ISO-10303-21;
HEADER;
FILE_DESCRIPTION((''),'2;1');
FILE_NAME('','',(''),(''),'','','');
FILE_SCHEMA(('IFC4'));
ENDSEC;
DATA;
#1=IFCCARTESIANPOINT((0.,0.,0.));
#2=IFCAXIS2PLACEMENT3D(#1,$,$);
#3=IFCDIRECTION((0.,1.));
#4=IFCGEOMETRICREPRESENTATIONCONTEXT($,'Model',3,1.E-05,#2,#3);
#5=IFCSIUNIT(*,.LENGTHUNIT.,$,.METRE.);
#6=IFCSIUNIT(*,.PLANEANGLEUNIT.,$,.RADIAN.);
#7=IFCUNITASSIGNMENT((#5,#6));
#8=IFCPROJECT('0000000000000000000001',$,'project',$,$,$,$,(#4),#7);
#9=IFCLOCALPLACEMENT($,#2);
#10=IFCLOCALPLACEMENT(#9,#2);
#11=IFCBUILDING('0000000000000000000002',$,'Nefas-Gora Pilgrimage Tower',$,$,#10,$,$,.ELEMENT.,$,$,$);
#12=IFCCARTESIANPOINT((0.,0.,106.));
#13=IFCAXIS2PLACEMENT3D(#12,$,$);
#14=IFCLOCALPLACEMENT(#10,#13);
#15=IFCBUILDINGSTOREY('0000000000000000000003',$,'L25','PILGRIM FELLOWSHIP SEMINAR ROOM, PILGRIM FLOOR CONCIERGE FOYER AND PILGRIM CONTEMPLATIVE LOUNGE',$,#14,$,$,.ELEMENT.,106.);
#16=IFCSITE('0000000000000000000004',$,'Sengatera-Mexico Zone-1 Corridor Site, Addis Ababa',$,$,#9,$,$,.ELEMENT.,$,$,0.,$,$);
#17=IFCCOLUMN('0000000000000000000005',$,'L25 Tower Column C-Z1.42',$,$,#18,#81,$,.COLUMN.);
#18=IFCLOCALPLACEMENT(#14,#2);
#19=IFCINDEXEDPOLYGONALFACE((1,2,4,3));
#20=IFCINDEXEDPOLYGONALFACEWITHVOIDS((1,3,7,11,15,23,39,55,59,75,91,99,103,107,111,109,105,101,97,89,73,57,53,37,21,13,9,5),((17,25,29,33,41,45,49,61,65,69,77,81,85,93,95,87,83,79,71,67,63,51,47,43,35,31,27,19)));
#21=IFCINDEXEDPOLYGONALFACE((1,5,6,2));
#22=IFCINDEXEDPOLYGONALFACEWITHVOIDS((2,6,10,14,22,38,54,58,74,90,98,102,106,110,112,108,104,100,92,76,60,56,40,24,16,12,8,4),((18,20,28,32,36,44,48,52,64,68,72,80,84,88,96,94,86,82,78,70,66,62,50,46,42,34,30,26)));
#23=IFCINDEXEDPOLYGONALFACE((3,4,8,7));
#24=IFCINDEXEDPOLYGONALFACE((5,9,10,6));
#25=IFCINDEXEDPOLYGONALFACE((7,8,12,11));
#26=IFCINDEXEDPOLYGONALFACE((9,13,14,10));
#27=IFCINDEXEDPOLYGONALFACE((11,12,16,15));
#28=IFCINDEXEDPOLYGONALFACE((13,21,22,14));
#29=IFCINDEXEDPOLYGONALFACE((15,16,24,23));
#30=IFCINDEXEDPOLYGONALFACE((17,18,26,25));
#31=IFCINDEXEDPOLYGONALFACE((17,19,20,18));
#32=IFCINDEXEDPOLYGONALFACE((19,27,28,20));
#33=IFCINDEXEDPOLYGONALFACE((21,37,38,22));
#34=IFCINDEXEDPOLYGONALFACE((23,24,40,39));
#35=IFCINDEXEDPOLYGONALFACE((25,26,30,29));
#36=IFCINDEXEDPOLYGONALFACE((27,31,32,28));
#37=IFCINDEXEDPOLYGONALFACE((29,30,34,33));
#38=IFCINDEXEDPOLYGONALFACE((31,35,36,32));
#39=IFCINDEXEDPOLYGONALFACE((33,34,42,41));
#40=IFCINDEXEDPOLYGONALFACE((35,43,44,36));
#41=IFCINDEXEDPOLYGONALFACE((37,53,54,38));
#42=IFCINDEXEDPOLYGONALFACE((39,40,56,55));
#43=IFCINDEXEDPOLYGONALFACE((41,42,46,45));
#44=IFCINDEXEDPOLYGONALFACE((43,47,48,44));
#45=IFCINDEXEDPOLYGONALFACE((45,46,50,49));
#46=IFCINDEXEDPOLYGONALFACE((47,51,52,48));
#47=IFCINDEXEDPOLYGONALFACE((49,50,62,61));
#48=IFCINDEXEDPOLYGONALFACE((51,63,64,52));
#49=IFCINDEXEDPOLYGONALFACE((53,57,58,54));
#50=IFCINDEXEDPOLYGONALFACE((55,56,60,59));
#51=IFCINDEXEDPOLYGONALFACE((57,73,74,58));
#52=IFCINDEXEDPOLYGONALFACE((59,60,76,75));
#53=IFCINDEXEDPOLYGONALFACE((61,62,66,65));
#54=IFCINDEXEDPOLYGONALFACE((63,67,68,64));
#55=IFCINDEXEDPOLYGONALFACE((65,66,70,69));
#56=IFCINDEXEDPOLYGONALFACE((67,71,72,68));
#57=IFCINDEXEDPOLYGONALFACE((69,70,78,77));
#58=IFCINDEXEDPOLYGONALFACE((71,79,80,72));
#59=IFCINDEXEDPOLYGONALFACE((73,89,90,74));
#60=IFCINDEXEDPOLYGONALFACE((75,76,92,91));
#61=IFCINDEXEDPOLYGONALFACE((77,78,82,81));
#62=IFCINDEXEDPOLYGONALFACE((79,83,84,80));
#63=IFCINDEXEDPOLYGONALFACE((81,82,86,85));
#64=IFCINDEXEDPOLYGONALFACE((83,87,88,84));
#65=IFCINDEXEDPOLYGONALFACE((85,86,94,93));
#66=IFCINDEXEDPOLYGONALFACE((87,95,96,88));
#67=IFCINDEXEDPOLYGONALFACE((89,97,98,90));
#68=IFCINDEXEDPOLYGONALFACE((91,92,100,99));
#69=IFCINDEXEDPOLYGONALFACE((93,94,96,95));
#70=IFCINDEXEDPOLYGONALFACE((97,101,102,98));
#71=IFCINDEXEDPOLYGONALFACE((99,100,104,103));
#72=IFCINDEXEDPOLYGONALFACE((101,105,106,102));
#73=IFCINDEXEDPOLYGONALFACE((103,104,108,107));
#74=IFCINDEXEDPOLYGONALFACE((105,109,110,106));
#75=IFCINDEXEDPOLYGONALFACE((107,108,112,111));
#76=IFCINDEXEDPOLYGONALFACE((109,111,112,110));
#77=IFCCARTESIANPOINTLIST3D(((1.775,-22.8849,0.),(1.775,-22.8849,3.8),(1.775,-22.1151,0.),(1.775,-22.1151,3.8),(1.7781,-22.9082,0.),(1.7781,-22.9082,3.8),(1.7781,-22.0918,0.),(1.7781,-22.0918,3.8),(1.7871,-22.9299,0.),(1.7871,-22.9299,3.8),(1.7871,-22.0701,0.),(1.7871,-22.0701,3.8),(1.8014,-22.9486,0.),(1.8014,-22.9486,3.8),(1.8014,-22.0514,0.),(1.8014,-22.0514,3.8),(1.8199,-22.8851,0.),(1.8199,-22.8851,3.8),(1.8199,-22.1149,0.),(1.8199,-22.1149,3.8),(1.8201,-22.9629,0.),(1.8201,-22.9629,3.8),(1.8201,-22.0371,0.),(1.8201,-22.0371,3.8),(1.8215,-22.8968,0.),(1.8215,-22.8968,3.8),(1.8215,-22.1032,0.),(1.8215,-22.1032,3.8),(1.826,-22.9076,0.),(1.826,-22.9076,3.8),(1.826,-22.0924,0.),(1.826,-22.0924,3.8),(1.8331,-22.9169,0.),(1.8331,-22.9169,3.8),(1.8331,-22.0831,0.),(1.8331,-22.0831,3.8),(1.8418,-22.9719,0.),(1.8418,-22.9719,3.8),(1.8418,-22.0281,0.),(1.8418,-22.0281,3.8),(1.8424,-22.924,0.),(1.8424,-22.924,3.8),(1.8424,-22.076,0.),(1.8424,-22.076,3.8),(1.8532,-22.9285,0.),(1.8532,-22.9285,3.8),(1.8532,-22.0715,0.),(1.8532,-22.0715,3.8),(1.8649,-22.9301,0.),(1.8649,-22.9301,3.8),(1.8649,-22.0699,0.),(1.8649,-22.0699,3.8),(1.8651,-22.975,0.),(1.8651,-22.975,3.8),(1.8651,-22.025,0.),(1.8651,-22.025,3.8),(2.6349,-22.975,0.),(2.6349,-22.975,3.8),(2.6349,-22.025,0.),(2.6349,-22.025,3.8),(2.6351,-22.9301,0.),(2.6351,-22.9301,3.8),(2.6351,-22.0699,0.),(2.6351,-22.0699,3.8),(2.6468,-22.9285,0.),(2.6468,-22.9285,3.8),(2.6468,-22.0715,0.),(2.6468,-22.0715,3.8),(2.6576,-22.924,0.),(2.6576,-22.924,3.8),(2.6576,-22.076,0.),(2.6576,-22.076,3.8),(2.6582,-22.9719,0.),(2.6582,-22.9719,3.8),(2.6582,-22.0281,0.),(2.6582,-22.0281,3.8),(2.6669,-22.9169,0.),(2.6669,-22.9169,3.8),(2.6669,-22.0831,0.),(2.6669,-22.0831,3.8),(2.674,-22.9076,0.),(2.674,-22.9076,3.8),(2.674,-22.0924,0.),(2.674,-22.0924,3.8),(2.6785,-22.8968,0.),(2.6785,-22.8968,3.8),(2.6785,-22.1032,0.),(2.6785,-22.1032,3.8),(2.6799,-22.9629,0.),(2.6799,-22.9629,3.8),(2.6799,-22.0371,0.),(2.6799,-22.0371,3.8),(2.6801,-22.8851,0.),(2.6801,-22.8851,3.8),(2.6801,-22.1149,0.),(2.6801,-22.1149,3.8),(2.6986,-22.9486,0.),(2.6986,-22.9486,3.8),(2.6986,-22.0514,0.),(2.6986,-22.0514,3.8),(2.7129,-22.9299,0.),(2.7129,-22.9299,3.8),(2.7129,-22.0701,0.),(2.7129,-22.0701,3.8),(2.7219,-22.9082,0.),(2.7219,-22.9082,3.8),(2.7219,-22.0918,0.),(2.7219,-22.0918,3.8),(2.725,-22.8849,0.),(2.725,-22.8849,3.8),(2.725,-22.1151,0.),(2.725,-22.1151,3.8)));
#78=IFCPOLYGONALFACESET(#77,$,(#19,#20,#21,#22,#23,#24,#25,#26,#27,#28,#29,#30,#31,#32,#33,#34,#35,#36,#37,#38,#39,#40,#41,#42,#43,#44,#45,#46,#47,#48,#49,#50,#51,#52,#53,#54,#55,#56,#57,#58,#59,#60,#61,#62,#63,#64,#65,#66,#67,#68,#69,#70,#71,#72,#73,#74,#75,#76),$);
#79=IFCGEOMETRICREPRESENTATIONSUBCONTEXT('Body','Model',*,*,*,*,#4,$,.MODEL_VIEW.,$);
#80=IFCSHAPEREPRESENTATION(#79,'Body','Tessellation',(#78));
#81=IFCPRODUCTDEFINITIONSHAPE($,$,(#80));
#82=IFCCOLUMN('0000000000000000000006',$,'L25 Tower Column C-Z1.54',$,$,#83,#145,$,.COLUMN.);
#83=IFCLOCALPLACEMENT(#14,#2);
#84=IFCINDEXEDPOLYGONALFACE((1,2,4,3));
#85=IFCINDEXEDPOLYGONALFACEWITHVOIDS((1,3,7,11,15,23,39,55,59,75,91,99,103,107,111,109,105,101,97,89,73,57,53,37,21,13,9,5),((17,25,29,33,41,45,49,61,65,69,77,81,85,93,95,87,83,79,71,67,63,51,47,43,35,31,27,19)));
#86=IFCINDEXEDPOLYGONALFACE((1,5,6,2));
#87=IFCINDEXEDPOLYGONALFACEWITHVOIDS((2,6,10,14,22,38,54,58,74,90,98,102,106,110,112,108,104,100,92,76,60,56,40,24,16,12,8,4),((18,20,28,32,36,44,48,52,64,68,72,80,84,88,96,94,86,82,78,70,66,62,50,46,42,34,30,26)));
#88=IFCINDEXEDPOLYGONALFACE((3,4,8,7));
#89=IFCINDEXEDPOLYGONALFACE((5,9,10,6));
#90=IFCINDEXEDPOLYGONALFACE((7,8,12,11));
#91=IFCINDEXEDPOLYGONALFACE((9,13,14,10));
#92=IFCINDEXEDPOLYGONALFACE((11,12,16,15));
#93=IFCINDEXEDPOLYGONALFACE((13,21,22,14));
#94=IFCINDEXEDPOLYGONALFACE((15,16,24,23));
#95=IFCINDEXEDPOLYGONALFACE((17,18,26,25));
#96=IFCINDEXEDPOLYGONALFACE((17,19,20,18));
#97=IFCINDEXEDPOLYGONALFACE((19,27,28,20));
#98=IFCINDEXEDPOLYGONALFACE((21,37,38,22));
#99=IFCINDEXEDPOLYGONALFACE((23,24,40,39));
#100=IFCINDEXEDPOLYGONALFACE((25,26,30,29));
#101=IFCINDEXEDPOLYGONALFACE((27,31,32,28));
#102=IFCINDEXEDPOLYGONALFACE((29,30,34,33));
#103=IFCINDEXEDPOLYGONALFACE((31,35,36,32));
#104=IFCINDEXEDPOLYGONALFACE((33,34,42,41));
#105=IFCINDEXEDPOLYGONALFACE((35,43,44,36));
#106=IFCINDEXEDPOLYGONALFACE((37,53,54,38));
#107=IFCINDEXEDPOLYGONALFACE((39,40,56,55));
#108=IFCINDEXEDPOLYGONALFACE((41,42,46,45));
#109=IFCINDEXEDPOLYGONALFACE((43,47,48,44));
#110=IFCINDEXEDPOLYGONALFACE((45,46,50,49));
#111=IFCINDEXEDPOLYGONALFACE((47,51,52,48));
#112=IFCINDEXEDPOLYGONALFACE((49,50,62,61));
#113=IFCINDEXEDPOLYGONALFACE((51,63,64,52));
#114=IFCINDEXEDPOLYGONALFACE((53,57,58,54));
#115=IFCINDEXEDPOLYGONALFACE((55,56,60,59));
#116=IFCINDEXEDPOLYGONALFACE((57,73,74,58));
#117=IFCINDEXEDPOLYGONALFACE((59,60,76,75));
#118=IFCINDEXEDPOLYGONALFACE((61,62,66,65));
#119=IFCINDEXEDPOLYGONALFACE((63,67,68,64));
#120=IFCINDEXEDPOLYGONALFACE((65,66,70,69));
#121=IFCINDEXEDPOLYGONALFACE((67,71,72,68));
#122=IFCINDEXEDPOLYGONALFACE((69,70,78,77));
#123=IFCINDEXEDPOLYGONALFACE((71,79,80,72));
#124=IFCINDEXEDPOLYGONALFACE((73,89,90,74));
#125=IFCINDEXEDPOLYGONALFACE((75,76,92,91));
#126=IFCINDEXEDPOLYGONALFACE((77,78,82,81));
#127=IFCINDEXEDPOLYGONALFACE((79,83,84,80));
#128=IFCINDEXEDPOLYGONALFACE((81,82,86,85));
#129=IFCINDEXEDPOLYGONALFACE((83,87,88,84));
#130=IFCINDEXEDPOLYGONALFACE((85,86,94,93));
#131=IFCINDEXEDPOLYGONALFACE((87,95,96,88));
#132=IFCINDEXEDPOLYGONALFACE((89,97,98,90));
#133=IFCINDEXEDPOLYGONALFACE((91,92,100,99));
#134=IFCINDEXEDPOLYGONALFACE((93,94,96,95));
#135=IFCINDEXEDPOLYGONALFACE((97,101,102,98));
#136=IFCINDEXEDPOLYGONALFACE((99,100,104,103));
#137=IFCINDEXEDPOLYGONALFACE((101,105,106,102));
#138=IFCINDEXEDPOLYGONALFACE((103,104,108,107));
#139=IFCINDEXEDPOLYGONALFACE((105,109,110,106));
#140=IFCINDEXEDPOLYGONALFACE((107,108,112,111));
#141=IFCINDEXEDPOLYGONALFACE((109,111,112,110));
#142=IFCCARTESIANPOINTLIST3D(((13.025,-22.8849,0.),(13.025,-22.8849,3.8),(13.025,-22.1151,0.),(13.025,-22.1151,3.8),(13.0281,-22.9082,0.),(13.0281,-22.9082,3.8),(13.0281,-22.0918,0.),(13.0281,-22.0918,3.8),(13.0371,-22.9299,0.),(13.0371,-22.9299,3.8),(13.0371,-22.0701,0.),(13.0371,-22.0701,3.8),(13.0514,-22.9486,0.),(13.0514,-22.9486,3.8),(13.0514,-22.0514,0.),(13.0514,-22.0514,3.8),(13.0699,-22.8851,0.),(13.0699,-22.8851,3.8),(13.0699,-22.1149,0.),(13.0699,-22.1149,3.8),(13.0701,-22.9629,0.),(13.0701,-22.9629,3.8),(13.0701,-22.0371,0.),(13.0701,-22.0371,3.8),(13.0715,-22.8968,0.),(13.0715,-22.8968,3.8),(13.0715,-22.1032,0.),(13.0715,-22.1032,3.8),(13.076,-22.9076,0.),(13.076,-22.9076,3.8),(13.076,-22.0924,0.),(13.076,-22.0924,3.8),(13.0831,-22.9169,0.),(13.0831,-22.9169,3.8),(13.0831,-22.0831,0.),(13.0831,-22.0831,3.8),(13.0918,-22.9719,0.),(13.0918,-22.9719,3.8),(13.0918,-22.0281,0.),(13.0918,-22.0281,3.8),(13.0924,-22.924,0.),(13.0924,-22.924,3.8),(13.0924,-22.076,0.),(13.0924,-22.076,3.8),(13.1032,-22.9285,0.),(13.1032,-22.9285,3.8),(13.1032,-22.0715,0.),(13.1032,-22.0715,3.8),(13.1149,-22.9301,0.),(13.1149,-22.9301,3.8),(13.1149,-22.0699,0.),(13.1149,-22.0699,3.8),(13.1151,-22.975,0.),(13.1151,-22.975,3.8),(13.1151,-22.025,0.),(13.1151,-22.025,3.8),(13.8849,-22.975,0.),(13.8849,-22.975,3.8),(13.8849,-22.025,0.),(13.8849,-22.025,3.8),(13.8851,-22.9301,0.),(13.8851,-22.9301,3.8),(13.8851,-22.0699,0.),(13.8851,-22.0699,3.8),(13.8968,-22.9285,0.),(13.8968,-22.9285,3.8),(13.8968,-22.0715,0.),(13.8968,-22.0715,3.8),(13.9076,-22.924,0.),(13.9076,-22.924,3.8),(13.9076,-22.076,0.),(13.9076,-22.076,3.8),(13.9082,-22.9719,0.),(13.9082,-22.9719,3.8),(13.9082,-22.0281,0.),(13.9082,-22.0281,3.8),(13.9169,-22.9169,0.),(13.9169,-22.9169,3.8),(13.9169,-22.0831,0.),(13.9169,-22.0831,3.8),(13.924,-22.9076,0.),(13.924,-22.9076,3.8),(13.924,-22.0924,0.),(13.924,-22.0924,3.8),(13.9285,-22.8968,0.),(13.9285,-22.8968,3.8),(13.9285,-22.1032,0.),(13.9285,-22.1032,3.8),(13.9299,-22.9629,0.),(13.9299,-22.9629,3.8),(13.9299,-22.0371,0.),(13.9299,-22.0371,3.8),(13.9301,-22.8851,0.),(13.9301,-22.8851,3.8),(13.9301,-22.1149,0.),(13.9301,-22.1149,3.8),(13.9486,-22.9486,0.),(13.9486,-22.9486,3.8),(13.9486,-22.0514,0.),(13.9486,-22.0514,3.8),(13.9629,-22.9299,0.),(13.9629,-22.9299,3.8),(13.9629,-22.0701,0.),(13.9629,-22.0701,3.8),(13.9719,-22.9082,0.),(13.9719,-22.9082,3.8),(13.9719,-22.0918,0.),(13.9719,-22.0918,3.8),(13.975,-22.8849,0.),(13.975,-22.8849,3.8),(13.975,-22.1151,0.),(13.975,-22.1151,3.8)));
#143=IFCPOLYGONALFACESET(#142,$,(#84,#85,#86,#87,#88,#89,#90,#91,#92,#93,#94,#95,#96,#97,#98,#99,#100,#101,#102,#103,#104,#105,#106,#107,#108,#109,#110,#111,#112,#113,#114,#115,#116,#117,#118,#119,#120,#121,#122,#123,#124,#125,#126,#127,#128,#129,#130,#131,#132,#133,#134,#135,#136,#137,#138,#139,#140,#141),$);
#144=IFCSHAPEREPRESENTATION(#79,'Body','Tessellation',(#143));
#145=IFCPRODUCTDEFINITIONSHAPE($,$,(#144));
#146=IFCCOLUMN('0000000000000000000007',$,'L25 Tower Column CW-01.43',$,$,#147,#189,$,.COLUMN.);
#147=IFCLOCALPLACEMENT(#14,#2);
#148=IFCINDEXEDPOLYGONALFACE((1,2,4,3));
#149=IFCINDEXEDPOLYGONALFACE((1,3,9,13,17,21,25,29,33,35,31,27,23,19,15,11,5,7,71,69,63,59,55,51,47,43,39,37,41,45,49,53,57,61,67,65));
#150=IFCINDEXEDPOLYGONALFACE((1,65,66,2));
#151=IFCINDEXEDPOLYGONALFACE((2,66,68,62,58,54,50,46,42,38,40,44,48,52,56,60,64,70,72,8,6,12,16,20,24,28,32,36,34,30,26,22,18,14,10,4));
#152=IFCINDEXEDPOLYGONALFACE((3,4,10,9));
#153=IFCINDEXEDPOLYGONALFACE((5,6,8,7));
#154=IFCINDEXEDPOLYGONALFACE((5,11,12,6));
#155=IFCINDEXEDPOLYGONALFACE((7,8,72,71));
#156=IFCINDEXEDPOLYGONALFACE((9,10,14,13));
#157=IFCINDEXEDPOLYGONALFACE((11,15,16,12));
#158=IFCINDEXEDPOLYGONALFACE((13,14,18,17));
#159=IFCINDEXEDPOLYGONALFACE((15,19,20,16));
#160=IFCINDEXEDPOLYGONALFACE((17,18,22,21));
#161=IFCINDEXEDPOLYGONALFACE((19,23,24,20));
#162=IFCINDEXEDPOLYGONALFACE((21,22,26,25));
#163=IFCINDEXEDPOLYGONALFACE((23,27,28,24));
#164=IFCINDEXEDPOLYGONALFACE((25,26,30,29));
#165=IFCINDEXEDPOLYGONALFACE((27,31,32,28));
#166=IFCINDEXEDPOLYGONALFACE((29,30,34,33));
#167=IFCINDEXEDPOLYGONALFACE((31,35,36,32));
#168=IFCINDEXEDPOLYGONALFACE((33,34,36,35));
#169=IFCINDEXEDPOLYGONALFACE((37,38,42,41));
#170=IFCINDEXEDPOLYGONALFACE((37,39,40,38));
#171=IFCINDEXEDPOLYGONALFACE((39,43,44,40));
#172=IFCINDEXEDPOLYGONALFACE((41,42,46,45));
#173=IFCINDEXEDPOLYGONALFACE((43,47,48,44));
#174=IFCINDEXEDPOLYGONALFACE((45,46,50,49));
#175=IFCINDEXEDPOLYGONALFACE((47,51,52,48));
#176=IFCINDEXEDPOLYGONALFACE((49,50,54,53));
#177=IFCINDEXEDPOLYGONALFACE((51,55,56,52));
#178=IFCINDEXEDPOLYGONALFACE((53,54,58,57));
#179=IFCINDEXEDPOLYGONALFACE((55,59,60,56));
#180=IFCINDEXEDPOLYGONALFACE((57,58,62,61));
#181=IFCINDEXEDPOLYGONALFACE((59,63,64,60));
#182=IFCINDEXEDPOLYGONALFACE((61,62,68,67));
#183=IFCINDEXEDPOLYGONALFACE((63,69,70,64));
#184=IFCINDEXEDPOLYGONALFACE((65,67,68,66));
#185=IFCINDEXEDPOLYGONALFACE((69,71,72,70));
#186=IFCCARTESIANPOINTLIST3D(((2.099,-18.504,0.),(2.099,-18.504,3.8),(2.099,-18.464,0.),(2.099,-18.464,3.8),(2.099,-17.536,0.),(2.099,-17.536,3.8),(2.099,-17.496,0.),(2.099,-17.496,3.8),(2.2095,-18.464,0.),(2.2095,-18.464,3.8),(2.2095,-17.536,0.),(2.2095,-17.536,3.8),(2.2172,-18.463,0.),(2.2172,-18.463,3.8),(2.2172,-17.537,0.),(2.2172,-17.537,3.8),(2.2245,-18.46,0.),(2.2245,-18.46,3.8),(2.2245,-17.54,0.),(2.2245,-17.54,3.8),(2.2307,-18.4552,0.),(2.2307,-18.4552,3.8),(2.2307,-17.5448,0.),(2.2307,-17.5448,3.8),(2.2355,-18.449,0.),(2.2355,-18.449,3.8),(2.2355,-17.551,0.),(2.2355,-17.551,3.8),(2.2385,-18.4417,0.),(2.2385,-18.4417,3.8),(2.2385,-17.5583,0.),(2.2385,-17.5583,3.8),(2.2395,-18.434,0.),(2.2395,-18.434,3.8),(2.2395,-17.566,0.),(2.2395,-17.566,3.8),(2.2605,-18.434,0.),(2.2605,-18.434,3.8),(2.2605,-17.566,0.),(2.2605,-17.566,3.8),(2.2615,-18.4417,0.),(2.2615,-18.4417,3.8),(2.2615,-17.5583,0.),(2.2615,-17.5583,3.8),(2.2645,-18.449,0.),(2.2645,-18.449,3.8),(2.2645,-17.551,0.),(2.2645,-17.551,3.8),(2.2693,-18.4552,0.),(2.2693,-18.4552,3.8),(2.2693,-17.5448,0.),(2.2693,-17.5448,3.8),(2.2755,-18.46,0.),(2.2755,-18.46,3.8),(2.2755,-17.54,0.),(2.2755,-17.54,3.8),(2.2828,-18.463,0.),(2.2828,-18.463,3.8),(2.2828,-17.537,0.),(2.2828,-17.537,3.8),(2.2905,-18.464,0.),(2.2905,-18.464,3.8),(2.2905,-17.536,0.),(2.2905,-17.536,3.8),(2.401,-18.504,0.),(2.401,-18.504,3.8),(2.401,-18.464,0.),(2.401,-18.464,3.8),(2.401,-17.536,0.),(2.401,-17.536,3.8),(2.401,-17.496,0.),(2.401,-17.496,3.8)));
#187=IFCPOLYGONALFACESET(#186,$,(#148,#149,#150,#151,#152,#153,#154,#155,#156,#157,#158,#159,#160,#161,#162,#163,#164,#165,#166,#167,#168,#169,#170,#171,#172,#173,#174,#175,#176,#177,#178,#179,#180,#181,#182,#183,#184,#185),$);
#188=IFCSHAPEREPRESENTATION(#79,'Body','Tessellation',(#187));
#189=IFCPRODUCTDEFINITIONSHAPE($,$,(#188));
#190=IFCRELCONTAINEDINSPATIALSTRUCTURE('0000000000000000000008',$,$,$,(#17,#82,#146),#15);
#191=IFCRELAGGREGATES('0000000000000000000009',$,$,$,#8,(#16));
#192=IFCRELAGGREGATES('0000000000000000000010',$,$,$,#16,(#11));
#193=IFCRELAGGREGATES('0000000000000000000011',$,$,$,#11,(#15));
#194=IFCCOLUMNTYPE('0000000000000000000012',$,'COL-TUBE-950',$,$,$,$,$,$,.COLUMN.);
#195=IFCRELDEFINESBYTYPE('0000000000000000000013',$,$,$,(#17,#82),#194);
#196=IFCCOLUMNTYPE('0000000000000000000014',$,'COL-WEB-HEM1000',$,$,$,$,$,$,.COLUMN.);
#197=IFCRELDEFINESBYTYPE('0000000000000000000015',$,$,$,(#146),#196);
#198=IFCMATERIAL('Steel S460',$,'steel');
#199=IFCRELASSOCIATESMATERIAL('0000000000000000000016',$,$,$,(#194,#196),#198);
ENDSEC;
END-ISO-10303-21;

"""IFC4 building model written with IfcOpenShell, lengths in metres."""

from ifc_helpers import new_model, si_unit, direction, frame, origin, origin_2d, place, context, subcontext, project, spatial, hollow_rectangle, i_section, extrude, source, transform, mapped, material, material_profile, profile_set, type_object, element, save


model = new_model("IFC4")

# Units and contexts
model_context = context("Model", 3, precision=1e-05, world=origin(), true_north=direction((0.0, 1.0)))
body_context = subcontext(model_context, "Body", "Model", "MODEL_VIEW")
ifc_project = project(units=[si_unit("LENGTHUNIT", "METRE"), si_unit("PLANEANGLEUNIT", "RADIAN")], contexts=[model_context])

# Site, building, storey
site_placement = place(None, origin())
site = spatial("IfcSite", under=ifc_project, at=site_placement, Name="Sengatera-Mexico Zone-1 Corridor Site, Addis Ababa", CompositionType="ELEMENT", RefElevation=0.0)
building_placement = place(site_placement, origin())
building = spatial("IfcBuilding", under=site, at=building_placement, Name="Nefas-Gora Pilgrimage Tower", CompositionType="ELEMENT")
storey_placement = place(building_placement, frame((0.0, 0.0, 106.0)))
storey = spatial("IfcBuildingStorey", under=building, at=storey_placement, Name="L25", Description="PILGRIM FELLOWSHIP SEMINAR ROOM, PILGRIM FLOOR CONCIERGE FOYER AND PILGRIM CONTEMPLATIVE LOUNGE", CompositionType="ELEMENT", Elevation=106.0)

# Columns
ifc_material_1 = material(Name="Steel S460", Category="steel")
ifc_material_profile_1 = material_profile(ifc_material_1, hollow_rectangle(XDim=0.95, YDim=0.95, WallThickness=0.0449, InnerFilletRadius=0.0449, OuterFilletRadius=0.0901, at=origin_2d()), Name="BOX 950x950x45")
ifc_profile_set_1 = profile_set([ifc_material_profile_1], Name="Steel S460")
column_type_1 = type_object("IfcColumnType", Name="COL-TUBE-950", PredefinedType="COLUMN", material=ifc_profile_set_1)
shared_shape_1 = source(origin(), body_context, "Body", "SweptSolid", [
    extrude(hollow_rectangle(XDim=0.95, YDim=0.95, WallThickness=0.0449, InnerFilletRadius=0.0449, OuterFilletRadius=0.0901, at=origin_2d()), origin(), (0.0, 0.0, 1.0), 3.8),
])
for number, where, z_axis, x_axis, name in (
    (1, (2.25, -22.5, 0.0), (0.0, 0.0, 1.0), (1.0, 0.0, 0.0), "L25 Tower Column C-Z1.42"),
    (2, (13.5, -22.5, 0.0), (0.0, 0.0, 1.0), (1.0, 0.0, 0.0), "L25 Tower Column C-Z1.54"),
):
    element("IfcColumn", number, at=place(storey_placement, frame(where, z_axis=z_axis, x_axis=x_axis)), inside=storey, type_object=column_type_1, Name=name, PredefinedType="COLUMN", context=body_context, shape_type="MappedRepresentation", body=[
        mapped(shared_shape_1, transform((0.0, 0.0, 0.0), x_axis=(1.0, 0.0, 0.0), y_axis=(0.0, 1.0, 0.0), z_axis=(0.0, 0.0, 1.0), scale=1.0)),
    ])
ifc_material_profile_2 = material_profile(ifc_material_1, i_section(OverallWidth=0.302, OverallDepth=1.0081, WebThickness=0.021, FlangeThickness=0.04, FilletRadius=0.03, at=origin_2d()), Name="HEM 1000")
ifc_profile_set_2 = profile_set([ifc_material_profile_2], Name="Steel S460")
column_type_2 = type_object("IfcColumnType", Name="COL-WEB-HEM1000", PredefinedType="COLUMN", material=ifc_profile_set_2)
shared_shape_2 = source(origin(), body_context, "Body", "SweptSolid", [
    extrude(i_section(OverallWidth=0.302, OverallDepth=1.0081, WebThickness=0.021, FlangeThickness=0.04, FilletRadius=0.03, at=origin_2d()), origin(), (0.0, 0.0, 1.0), 3.8),
])
for number, where, z_axis, x_axis, name in (
    (3, (2.25, -18.0, 0.0), (0.0, 0.0, 1.0), (1.0, 0.0, 0.0), "L25 Tower Column CW-01.43"),
):
    element("IfcColumn", number, at=place(storey_placement, frame(where, z_axis=z_axis, x_axis=x_axis)), inside=storey, type_object=column_type_2, Name=name, PredefinedType="COLUMN", context=body_context, shape_type="MappedRepresentation", body=[
        mapped(shared_shape_2, transform((0.0, 0.0, 0.0), x_axis=(1.0, 0.0, 0.0), y_axis=(0.0, 1.0, 0.0), z_axis=(0.0, 0.0, 1.0), scale=1.0)),
    ])

save(model, "model.ifc")
